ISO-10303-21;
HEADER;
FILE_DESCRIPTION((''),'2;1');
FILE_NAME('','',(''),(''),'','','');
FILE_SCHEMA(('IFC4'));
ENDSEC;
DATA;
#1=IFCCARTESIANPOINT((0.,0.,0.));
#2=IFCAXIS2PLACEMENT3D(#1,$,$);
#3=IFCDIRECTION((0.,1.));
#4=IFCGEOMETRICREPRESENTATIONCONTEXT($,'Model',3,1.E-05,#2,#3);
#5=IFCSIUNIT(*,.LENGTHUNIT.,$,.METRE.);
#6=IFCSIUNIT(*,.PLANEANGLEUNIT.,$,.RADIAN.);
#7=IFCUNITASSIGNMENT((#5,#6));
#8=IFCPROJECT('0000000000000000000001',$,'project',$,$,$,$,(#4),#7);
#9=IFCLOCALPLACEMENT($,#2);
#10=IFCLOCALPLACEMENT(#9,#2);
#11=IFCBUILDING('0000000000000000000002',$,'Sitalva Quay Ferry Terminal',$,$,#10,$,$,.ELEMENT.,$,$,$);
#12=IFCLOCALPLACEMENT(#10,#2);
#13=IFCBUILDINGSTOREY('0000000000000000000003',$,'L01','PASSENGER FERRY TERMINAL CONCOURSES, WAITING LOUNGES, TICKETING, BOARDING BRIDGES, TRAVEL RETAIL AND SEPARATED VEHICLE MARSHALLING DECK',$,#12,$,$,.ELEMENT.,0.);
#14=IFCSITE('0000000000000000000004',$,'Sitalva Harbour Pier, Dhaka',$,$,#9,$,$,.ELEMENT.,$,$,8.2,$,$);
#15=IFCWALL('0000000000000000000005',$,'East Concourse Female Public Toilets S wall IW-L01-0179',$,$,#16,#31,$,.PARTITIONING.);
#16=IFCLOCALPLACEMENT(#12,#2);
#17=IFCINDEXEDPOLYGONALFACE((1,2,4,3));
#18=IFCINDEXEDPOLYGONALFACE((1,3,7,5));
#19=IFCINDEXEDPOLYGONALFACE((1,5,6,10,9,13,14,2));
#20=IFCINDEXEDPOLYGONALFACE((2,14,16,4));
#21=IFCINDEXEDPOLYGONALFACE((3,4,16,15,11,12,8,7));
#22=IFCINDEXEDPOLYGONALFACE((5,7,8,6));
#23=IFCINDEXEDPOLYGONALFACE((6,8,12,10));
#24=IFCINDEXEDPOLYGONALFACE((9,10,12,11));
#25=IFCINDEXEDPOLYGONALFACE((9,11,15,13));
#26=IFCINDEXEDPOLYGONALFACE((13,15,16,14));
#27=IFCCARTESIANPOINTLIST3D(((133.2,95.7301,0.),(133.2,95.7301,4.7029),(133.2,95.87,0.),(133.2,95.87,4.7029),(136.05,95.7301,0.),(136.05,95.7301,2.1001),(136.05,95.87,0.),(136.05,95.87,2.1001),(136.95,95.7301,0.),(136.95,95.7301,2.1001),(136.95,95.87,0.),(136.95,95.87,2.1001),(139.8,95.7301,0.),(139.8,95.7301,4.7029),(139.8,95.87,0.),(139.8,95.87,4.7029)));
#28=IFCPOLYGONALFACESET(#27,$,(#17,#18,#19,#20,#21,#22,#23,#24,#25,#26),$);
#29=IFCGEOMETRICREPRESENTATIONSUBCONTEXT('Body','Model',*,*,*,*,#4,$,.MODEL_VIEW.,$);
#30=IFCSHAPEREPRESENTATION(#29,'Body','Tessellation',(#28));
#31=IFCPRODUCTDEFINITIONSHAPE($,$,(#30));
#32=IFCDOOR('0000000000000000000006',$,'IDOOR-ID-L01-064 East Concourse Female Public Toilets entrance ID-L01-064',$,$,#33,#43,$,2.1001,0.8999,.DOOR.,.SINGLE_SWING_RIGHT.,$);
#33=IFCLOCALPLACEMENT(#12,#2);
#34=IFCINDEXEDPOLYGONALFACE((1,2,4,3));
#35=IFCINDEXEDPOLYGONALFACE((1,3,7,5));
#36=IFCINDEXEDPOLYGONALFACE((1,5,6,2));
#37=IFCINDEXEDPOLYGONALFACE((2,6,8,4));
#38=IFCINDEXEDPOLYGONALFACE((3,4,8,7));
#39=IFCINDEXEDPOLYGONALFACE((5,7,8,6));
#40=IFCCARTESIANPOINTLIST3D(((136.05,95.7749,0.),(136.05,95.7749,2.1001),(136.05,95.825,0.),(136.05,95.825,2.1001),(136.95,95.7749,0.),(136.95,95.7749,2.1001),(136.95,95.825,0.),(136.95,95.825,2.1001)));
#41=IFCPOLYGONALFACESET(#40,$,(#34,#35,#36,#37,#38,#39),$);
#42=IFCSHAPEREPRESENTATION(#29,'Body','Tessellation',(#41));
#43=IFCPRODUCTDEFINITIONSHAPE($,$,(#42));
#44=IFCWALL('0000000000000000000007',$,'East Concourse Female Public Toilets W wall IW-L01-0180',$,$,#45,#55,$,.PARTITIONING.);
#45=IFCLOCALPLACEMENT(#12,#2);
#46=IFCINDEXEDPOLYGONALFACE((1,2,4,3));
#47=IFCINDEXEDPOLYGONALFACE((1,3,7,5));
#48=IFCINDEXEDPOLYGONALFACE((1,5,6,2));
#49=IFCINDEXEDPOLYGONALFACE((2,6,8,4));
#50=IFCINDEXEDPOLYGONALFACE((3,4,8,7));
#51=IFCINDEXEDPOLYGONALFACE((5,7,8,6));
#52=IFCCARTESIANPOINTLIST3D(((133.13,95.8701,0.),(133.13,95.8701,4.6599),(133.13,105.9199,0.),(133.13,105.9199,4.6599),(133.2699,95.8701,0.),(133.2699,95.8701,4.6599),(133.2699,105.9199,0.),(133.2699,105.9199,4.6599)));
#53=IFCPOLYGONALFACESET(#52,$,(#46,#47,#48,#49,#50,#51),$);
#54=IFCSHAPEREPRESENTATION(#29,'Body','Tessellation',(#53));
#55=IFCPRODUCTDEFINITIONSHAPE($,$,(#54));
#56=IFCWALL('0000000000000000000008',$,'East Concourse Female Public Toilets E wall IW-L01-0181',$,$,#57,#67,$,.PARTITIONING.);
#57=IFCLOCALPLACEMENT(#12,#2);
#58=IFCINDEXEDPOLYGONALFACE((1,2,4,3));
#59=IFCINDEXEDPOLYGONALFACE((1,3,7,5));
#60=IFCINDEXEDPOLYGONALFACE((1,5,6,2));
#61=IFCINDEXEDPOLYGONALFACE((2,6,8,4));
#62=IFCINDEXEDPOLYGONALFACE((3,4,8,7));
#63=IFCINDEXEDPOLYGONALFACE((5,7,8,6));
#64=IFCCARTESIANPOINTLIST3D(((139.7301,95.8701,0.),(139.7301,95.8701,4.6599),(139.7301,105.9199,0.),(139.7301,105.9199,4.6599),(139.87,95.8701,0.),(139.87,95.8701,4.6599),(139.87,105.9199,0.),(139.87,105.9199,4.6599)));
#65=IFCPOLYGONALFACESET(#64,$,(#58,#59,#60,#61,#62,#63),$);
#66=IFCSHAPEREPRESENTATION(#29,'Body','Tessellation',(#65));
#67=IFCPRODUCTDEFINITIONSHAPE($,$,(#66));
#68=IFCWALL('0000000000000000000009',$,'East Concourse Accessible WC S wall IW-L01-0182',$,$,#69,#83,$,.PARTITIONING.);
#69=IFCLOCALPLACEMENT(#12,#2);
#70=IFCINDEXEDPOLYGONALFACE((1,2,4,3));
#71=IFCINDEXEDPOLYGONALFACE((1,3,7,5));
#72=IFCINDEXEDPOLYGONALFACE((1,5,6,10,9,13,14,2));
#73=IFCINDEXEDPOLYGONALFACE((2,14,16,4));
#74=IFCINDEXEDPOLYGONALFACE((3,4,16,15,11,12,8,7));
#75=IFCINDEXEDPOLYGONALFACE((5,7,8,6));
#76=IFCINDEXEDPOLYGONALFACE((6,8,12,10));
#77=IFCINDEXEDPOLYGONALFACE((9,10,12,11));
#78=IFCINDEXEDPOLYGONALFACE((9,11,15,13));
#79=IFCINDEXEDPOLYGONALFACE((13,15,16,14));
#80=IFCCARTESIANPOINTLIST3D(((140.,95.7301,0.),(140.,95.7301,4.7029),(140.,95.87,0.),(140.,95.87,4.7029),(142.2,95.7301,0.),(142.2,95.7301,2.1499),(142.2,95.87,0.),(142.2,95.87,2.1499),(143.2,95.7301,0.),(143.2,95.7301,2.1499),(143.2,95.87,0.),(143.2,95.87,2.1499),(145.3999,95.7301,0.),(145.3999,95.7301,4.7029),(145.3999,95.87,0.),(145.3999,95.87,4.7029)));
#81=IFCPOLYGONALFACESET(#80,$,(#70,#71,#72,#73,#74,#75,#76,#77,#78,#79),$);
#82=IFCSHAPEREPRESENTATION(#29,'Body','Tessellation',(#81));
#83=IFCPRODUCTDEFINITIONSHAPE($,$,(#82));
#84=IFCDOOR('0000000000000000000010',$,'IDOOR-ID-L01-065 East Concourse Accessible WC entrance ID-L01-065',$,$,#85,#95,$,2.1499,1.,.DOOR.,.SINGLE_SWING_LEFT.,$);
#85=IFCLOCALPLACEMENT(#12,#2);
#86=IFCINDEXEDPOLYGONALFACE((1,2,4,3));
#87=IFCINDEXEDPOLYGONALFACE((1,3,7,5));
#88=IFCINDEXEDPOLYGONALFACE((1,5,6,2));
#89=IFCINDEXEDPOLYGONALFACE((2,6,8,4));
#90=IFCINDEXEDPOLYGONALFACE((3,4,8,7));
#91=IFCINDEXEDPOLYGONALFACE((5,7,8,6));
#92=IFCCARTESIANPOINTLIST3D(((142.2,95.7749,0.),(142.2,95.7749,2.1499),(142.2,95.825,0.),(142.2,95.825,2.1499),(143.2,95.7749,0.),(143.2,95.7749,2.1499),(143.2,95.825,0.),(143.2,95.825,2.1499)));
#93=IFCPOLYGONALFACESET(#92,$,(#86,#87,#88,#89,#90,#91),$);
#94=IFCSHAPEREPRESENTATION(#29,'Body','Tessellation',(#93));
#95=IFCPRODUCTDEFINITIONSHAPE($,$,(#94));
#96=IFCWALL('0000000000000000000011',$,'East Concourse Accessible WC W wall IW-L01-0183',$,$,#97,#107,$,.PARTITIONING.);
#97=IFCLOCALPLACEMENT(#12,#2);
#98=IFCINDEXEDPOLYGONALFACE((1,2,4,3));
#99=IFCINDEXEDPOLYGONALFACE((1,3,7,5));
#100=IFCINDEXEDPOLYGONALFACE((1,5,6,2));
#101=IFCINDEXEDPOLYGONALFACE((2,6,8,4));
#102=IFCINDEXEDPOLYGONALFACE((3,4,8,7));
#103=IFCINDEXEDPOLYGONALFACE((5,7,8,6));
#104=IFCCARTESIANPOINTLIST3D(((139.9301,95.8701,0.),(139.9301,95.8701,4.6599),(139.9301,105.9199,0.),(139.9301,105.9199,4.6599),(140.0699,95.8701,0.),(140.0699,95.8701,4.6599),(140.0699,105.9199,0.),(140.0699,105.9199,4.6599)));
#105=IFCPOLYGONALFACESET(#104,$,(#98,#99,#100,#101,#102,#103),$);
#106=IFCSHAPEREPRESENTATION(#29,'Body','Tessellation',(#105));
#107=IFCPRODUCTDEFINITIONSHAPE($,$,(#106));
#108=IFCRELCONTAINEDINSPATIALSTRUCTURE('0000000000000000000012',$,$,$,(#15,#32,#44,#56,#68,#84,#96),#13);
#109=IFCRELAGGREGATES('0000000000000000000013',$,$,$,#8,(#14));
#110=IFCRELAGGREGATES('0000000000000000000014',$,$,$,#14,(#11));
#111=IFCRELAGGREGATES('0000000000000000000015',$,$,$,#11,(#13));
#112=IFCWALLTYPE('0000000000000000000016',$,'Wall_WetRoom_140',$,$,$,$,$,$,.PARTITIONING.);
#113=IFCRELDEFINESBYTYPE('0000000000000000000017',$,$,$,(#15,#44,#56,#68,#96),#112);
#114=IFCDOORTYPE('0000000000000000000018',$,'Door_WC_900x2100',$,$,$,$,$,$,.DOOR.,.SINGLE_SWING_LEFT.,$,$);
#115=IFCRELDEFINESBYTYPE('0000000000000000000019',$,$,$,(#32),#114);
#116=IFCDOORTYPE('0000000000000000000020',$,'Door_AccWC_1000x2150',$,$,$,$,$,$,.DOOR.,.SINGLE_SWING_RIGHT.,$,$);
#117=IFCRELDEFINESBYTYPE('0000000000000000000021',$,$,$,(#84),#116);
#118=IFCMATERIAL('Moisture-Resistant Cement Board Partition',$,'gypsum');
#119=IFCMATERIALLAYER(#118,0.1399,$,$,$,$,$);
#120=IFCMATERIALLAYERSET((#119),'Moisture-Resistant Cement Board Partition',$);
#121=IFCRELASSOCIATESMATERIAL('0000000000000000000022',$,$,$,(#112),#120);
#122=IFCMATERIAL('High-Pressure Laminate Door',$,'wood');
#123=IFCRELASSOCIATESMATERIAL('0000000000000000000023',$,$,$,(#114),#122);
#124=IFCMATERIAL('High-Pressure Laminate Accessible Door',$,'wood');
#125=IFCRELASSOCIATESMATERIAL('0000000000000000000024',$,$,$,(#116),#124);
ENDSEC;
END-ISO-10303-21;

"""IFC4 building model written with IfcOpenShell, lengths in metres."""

from ifc_helpers import new_model, si_unit, direction, frame, frame_2d, origin, place, context, subcontext, project, spatial, rectangle, extrude, material, layer, layer_set, type_object, element, fill, save


model = new_model("IFC4")

# Units and contexts
model_context = context("Model", 3, precision=1e-05, world=origin(), true_north=direction((0.0, 1.0)))
body_context = subcontext(model_context, "Body", "Model", "MODEL_VIEW")
ifc_project = project(units=[si_unit("LENGTHUNIT", "METRE"), si_unit("PLANEANGLEUNIT", "RADIAN")], contexts=[model_context])

# Site, building, storey
site_placement = place(None, origin())
site = spatial("IfcSite", under=ifc_project, at=site_placement, Name="Sitalva Harbour Pier, Dhaka", CompositionType="ELEMENT", RefElevation=8.2)
building_placement = place(site_placement, origin())
building = spatial("IfcBuilding", under=site, at=building_placement, Name="Sitalva Quay Ferry Terminal", CompositionType="ELEMENT")
storey_placement = place(building_placement, origin())
storey = spatial("IfcBuildingStorey", under=building, at=storey_placement, Name="L01", Description="PASSENGER FERRY TERMINAL CONCOURSES, WAITING LOUNGES, TICKETING, BOARDING BRIDGES, TRAVEL RETAIL AND SEPARATED VEHICLE MARSHALLING DECK", CompositionType="ELEMENT", Elevation=0.0)

# Wall, opening, door
ifc_material_1 = material(Name="Moisture-Resistant Cement Board Partition", Category="gypsum")
ifc_layer = layer(ifc_material_1, 0.1399)
ifc_layer_set = layer_set([ifc_layer], Name="Moisture-Resistant Cement Board Partition")
wall_type = type_object("IfcWallType", Name="Wall_WetRoom_140", PredefinedType="PARTITIONING", material=ifc_layer_set)
wall_1_placement = place(storey_placement, frame((133.2, 95.8, 0.0), z_axis=(0.0, 0.0, 1.0), x_axis=(1.0, 0.0, 0.0)))
wall_1 = element("IfcWall", 1, at=wall_1_placement, inside=storey, type_object=wall_type, Name="East Concourse Female Public Toilets S wall IW-L01-0179", PredefinedType="PARTITIONING", context=body_context, shape_type="SweptSolid", body=[
    extrude(rectangle(XDim=6.6001, YDim=0.1399, at=frame_2d((3.3, 0.0))), origin(), (0.0, 0.0, 1.0), 4.7029),
])
opening_1_placement = place(wall_1_placement, frame((2.8501, 0.0, 0.0)))
opening_1 = element("IfcOpeningElement", 2, at=opening_1_placement, cuts=wall_1, PredefinedType="OPENING", context=body_context, shape_type="SweptSolid", body=[
    extrude(rectangle(XDim=0.8999, YDim=2.1001, at=frame_2d((0.45, 1.05))), frame((0.0, 0.0798, 0.0), z_axis=(0.0, -1.0, 0.0), x_axis=(1.0, 0.0, 0.0)), (0.0, 0.0, 1.0), 0.1599),
])
ifc_material_2 = material(Name="High-Pressure Laminate Door", Category="wood")
door_type_1 = type_object("IfcDoorType", Name="Door_WC_900x2100", OperationType="SINGLE_SWING_LEFT", PredefinedType="DOOR", material=ifc_material_2)
door_1_placement = place(opening_1_placement, origin())
door_1 = element("IfcDoor", 3, at=door_1_placement, inside=storey, type_object=door_type_1, Name="IDOOR-ID-L01-064 East Concourse Female Public Toilets entrance ID-L01-064", OperationType="SINGLE_SWING_RIGHT", OverallHeight=2.1001, OverallWidth=0.8999, PredefinedType="DOOR", context=body_context, shape_type="SweptSolid", body=[
    extrude(rectangle(XDim=0.8999, YDim=2.1001, at=frame_2d((0.45, 1.05))), frame((0.0, 0.0249, 0.0), z_axis=(0.0, -1.0, 0.0), x_axis=(1.0, 0.0, 0.0)), (0.0, 0.0, 1.0), 0.05),
])
fill(opening_1, door_1)

# Walls
for number, where, z_axis, x_axis, name in (
    (4, (133.2, 95.8701, 0.0), (0.0, 0.0, 1.0), (0.0, 1.0, 0.0), "East Concourse Female Public Toilets W wall IW-L01-0180"),
    (5, (139.8, 95.8701, 0.0), (0.0, 0.0, 1.0), (0.0, 1.0, 0.0), "East Concourse Female Public Toilets E wall IW-L01-0181"),
):
    element("IfcWall", number, at=place(storey_placement, frame(where, z_axis=z_axis, x_axis=x_axis)), inside=storey, type_object=wall_type, Name=name, PredefinedType="PARTITIONING", context=body_context, shape_type="SweptSolid", body=[
        extrude(rectangle(XDim=10.0498, YDim=0.1399, at=frame_2d((5.0249, 0.0))), origin(), (0.0, 0.0, 1.0), 4.6599),
    ])

# Wall, opening, door
wall_2_placement = place(storey_placement, frame((140.0, 95.8, 0.0), z_axis=(0.0, 0.0, 1.0), x_axis=(1.0, 0.0, 0.0)))
wall_2 = element("IfcWall", 6, at=wall_2_placement, inside=storey, type_object=wall_type, Name="East Concourse Accessible WC S wall IW-L01-0182", PredefinedType="PARTITIONING", context=body_context, shape_type="SweptSolid", body=[
    extrude(rectangle(XDim=5.3999, YDim=0.1399, at=frame_2d((2.7, 0.0))), origin(), (0.0, 0.0, 1.0), 4.7029),
])
opening_2_placement = place(wall_2_placement, frame((2.2, 0.0, 0.0)))
opening_2 = element("IfcOpeningElement", 7, at=opening_2_placement, cuts=wall_2, PredefinedType="OPENING", context=body_context, shape_type="SweptSolid", body=[
    extrude(rectangle(XDim=1.0, YDim=2.1499, at=frame_2d((0.5, 1.075))), frame((0.0, 0.0798, 0.0), z_axis=(0.0, -1.0, 0.0), x_axis=(1.0, 0.0, 0.0)), (0.0, 0.0, 1.0), 0.1599),
])
ifc_material_3 = material(Name="High-Pressure Laminate Accessible Door", Category="wood")
door_type_2 = type_object("IfcDoorType", Name="Door_AccWC_1000x2150", OperationType="SINGLE_SWING_RIGHT", PredefinedType="DOOR", material=ifc_material_3)
door_2_placement = place(opening_2_placement, origin())
door_2 = element("IfcDoor", 8, at=door_2_placement, inside=storey, type_object=door_type_2, Name="IDOOR-ID-L01-065 East Concourse Accessible WC entrance ID-L01-065", OperationType="SINGLE_SWING_LEFT", OverallHeight=2.1499, OverallWidth=1.0, PredefinedType="DOOR", context=body_context, shape_type="SweptSolid", body=[
    extrude(rectangle(XDim=1.0, YDim=2.1499, at=frame_2d((0.5, 1.075))), frame((0.0, 0.0249, 0.0), z_axis=(0.0, -1.0, 0.0), x_axis=(1.0, 0.0, 0.0)), (0.0, 0.0, 1.0), 0.05),
])
fill(opening_2, door_2)

# Wall
wall_3_placement = place(storey_placement, frame((140.0, 95.8701, 0.0), z_axis=(0.0, 0.0, 1.0), x_axis=(0.0, 1.0, 0.0)))
element("IfcWall", 9, at=wall_3_placement, inside=storey, type_object=wall_type, Name="East Concourse Accessible WC W wall IW-L01-0183", PredefinedType="PARTITIONING", context=body_context, shape_type="SweptSolid", body=[
    extrude(rectangle(XDim=10.0498, YDim=0.1399, at=frame_2d((5.0249, 0.0))), origin(), (0.0, 0.0, 1.0), 4.6599),
])

save(model, "model.ifc")
